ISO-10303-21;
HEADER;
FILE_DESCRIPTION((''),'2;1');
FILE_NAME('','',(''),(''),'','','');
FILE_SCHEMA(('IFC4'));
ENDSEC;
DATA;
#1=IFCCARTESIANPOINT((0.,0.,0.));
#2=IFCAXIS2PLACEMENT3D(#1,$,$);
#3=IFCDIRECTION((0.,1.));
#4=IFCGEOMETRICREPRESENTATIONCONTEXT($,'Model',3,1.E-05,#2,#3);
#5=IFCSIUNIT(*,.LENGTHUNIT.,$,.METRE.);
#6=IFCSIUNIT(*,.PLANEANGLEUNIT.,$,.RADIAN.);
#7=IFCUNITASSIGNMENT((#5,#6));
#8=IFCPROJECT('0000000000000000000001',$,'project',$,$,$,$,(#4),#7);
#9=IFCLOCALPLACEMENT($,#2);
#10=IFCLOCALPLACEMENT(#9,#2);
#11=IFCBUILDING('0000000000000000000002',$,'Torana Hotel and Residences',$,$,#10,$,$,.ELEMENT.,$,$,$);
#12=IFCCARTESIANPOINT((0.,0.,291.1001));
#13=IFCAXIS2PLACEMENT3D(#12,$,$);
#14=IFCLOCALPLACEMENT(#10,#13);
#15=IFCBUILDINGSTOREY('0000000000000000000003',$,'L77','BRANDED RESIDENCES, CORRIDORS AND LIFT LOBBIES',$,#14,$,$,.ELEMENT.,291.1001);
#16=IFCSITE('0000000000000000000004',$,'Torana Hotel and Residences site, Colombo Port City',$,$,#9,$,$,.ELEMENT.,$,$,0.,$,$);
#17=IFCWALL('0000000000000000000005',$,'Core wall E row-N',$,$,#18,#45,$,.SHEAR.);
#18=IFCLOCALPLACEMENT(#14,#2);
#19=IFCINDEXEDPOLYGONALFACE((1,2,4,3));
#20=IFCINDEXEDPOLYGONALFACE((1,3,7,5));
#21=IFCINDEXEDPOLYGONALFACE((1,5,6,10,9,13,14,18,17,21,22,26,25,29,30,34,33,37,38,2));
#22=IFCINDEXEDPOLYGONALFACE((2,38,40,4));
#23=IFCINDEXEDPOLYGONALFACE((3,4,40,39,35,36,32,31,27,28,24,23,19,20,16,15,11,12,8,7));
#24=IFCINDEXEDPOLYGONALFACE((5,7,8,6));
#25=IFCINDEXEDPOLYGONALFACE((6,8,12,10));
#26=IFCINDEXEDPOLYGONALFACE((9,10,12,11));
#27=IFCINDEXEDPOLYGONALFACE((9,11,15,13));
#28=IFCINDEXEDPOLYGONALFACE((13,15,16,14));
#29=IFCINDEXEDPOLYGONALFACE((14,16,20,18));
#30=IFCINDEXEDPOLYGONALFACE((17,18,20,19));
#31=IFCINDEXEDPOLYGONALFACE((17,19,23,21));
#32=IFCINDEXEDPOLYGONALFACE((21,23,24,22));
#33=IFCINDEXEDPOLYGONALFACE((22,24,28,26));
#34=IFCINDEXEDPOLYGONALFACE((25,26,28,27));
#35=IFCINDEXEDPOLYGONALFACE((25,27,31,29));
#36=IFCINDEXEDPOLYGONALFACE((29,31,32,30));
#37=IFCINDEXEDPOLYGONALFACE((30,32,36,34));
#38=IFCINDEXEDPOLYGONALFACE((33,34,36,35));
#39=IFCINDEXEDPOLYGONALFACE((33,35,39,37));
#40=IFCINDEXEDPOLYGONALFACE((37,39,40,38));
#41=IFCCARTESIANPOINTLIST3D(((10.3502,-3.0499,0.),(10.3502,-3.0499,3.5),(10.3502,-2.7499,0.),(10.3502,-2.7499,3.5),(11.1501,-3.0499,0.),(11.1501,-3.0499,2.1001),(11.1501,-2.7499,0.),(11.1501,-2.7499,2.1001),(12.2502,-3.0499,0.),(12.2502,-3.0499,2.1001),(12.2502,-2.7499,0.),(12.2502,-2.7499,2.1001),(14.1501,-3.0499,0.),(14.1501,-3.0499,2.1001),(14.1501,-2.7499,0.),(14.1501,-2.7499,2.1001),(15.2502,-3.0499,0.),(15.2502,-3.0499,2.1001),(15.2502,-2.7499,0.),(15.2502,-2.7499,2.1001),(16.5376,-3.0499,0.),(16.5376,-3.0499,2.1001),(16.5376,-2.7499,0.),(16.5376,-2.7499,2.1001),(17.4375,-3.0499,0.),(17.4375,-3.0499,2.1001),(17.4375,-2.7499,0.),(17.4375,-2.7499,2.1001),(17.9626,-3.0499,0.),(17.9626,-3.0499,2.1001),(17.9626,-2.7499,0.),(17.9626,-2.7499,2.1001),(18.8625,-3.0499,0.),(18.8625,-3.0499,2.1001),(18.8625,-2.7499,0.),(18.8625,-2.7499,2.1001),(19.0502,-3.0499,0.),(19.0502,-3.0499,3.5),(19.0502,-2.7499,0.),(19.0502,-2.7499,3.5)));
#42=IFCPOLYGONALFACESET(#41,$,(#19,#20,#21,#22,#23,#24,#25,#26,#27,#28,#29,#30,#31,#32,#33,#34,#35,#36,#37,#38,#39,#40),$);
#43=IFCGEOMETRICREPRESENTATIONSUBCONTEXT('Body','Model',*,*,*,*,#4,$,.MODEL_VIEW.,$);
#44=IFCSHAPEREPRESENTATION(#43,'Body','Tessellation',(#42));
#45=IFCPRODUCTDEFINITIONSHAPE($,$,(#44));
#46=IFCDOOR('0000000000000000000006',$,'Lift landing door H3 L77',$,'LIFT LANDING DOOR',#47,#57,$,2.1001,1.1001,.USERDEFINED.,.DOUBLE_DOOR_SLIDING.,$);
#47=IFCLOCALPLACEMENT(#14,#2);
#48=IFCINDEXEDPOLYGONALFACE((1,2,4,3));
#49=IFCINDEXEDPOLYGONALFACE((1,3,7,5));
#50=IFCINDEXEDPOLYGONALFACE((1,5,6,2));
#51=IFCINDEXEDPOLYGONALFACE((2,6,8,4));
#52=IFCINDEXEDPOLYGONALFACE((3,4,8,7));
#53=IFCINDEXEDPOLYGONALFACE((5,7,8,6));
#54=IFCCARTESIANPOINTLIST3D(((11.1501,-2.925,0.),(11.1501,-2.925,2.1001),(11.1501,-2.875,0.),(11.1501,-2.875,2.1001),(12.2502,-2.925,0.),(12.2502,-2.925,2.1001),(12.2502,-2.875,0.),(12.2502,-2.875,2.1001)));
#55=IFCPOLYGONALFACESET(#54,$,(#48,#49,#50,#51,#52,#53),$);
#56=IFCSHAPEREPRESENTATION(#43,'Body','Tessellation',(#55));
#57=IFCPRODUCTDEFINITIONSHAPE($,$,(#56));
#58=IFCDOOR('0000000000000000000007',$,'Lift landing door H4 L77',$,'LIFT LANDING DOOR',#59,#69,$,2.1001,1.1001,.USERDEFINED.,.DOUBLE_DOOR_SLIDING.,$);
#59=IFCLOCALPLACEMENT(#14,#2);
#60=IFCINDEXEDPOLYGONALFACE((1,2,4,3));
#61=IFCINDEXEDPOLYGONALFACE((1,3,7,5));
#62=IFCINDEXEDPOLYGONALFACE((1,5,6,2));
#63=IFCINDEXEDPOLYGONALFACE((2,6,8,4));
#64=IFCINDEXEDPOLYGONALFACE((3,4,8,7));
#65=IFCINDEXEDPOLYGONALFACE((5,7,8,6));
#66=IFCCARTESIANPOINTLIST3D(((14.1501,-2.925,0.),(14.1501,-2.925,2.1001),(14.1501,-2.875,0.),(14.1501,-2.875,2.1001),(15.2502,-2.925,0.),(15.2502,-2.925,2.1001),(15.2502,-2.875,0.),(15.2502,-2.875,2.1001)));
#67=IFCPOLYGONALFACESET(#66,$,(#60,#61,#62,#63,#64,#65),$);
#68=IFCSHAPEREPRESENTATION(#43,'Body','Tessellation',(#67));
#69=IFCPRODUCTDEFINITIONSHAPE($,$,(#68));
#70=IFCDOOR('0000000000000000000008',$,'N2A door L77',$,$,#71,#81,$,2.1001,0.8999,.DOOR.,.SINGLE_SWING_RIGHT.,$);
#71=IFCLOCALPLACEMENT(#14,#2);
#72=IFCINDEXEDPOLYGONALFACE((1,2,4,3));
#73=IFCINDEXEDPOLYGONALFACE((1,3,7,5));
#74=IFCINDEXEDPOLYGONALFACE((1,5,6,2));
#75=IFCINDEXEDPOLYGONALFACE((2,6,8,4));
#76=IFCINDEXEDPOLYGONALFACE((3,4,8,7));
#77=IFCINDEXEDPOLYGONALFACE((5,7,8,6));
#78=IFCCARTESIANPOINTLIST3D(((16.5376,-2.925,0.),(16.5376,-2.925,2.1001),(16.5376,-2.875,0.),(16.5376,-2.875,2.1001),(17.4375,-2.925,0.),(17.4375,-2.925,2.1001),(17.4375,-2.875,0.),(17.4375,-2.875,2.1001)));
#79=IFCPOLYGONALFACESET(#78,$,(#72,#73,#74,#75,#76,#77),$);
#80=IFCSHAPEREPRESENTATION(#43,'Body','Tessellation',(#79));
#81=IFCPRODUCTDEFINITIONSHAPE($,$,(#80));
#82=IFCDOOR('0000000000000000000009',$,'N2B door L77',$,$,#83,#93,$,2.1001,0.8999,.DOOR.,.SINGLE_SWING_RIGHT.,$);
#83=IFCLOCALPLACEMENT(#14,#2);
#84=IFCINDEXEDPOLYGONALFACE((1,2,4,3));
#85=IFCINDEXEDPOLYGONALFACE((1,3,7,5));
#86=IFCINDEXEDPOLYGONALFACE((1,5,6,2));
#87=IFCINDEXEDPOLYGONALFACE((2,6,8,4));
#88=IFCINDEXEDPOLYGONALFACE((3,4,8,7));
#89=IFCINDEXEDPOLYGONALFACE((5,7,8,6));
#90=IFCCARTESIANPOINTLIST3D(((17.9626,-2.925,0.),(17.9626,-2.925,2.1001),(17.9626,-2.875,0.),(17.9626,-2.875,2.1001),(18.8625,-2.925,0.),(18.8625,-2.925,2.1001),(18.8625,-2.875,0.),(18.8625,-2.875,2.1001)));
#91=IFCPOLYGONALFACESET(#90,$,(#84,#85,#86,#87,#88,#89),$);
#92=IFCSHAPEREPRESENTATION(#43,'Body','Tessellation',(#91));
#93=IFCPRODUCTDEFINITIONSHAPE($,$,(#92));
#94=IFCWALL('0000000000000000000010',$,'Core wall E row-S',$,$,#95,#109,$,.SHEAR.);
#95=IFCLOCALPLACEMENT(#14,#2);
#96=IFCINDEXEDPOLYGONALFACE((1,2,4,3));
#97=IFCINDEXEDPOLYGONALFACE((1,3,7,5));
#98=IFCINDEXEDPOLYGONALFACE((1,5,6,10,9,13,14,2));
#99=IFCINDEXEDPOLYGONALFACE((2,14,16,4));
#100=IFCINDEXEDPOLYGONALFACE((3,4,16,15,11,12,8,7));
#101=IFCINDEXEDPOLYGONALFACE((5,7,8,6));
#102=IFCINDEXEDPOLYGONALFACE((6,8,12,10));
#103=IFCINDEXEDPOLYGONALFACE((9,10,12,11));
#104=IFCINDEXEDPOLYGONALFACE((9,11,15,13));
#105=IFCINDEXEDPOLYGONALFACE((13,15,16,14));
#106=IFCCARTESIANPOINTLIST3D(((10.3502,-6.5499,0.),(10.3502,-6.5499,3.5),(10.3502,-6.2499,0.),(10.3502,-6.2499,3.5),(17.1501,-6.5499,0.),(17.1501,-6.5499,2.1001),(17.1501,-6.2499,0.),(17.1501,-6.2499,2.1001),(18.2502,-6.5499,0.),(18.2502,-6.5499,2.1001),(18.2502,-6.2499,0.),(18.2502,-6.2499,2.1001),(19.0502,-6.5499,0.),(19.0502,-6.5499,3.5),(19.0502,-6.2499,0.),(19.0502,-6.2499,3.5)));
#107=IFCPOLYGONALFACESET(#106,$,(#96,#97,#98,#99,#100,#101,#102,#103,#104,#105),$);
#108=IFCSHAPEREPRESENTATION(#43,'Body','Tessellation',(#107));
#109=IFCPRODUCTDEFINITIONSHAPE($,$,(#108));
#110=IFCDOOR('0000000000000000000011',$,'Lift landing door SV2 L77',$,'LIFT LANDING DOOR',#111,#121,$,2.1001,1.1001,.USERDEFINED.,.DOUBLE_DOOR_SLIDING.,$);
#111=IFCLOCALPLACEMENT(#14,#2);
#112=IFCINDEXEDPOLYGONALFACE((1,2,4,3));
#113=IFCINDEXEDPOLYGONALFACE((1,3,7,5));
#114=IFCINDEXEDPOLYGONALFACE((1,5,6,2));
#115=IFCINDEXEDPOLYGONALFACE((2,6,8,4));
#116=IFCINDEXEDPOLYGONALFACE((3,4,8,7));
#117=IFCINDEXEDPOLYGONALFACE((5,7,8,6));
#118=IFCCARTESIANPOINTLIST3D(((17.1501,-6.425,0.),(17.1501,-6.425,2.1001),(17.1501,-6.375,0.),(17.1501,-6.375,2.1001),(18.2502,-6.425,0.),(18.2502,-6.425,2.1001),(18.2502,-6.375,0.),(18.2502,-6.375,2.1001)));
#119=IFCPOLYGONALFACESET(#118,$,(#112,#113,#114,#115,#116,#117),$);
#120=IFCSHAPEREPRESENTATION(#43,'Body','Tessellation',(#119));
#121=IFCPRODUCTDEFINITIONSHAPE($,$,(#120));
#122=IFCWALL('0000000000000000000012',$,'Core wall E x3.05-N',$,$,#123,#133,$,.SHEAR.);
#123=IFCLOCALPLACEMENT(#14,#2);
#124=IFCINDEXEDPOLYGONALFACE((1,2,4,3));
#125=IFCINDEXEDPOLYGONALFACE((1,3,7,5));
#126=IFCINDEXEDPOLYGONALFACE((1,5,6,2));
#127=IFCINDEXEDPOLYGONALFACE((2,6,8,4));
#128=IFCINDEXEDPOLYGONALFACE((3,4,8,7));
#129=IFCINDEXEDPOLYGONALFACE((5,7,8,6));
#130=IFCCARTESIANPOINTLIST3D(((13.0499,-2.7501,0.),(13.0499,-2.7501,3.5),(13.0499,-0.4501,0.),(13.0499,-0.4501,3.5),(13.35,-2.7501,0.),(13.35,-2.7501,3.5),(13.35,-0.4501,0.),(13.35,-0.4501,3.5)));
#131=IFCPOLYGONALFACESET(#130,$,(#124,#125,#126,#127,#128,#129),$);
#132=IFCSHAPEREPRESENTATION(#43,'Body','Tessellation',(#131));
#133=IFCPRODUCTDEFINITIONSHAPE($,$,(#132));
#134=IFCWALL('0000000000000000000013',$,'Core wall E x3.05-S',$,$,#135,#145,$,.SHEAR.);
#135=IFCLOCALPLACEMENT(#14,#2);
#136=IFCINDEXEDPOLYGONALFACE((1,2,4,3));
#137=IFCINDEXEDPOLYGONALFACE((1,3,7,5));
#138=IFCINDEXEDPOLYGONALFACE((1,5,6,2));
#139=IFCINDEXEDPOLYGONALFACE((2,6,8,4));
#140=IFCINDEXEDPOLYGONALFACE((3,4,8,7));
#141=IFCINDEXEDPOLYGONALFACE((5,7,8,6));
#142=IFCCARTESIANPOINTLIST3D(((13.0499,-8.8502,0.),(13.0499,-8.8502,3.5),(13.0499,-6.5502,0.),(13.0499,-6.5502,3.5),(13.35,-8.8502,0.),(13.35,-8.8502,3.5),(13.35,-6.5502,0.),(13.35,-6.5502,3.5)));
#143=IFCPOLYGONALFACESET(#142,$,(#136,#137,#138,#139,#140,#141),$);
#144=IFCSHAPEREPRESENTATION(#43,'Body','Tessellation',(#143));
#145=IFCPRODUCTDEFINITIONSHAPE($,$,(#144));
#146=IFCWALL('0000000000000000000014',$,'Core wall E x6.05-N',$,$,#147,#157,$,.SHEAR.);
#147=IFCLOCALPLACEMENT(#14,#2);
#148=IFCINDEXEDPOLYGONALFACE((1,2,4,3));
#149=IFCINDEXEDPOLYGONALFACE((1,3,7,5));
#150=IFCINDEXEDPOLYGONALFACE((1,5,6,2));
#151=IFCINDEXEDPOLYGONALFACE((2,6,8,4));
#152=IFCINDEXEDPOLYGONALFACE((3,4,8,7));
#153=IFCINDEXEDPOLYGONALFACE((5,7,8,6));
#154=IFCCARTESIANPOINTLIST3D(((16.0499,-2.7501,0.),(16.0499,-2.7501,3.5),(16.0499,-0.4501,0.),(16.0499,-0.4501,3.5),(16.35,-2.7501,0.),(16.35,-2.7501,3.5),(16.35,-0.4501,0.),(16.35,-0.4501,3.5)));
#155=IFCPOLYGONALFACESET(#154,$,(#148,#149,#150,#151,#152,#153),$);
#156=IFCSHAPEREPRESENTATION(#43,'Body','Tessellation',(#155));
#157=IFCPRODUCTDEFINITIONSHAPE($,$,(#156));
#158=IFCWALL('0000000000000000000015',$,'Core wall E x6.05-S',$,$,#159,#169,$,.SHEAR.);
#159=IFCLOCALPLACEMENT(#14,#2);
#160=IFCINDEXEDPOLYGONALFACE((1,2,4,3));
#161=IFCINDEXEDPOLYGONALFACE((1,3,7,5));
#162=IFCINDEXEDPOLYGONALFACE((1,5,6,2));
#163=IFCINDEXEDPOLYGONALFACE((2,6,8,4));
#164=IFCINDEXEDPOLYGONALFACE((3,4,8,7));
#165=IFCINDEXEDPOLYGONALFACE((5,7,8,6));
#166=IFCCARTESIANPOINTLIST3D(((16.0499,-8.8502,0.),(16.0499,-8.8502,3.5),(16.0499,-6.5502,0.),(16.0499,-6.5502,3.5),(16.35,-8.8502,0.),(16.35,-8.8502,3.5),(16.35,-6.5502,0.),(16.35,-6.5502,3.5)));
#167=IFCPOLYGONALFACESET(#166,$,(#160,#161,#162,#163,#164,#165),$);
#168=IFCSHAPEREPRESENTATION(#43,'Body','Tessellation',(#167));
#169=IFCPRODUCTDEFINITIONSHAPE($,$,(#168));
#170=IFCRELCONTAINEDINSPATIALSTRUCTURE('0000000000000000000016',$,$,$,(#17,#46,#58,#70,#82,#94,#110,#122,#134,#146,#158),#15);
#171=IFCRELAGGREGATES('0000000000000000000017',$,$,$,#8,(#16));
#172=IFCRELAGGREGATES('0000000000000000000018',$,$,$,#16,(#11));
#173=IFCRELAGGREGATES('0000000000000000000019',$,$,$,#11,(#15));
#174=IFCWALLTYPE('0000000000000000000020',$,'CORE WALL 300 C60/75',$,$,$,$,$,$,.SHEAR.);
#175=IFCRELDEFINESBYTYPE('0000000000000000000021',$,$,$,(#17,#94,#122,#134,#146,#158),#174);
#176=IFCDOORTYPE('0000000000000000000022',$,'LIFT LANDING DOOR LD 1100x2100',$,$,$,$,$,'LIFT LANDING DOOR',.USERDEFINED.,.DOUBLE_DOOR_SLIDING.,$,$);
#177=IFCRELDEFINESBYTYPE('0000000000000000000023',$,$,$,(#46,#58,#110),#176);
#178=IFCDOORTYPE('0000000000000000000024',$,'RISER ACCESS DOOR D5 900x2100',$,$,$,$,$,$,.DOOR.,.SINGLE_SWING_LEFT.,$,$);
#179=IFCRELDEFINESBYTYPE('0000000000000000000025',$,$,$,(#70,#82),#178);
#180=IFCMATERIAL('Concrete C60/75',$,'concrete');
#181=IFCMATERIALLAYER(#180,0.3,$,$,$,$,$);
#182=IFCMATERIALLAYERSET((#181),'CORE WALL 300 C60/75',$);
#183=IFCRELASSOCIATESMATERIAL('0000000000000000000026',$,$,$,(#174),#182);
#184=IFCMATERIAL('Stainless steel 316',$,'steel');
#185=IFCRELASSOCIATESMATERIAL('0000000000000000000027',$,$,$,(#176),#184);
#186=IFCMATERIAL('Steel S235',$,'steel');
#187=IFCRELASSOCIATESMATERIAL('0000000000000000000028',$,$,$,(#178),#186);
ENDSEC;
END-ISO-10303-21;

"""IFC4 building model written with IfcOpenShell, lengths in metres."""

from ifc_helpers import new_model, si_unit, direction, frame, frame_2d, origin, place, context, subcontext, project, spatial, rectangle, extrude, material, layer, layer_set, type_object, element, fill, save


model = new_model("IFC4")

# Units and contexts
model_context = context("Model", 3, precision=1e-05, world=origin(), true_north=direction((0.0, 1.0)))
body_context = subcontext(model_context, "Body", "Model", "MODEL_VIEW")
ifc_project = project(units=[si_unit("LENGTHUNIT", "METRE"), si_unit("PLANEANGLEUNIT", "RADIAN")], contexts=[model_context])

# Site, building, storey
site_placement = place(None, origin())
site = spatial("IfcSite", under=ifc_project, at=site_placement, Name="Torana Hotel and Residences site, Colombo Port City", CompositionType="ELEMENT", RefElevation=0.0)
building_placement = place(site_placement, origin())
building = spatial("IfcBuilding", under=site, at=building_placement, Name="Torana Hotel and Residences", CompositionType="ELEMENT")
storey_placement = place(building_placement, frame((0.0, 0.0, 291.1001)))
storey = spatial("IfcBuildingStorey", under=building, at=storey_placement, Name="L77", Description="BRANDED RESIDENCES, CORRIDORS AND LIFT LOBBIES", CompositionType="ELEMENT", Elevation=291.1001)

# Wall, openings, doors
ifc_material_1 = material(Name="Concrete C60/75", Category="concrete")
ifc_layer_1 = layer(ifc_material_1, 0.3)
ifc_layer_set_1 = layer_set([ifc_layer_1], Name="CORE WALL 300 C60/75")
wall_type_1 = type_object("IfcWallType", Name="CORE WALL 300 C60/75", PredefinedType="SHEAR", material=ifc_layer_set_1)
wall_1_placement = place(storey_placement, frame((10.3501, -2.8999, 0.0), z_axis=(0.0, 0.0, 1.0), x_axis=(1.0, 0.0, 0.0)))
wall_1 = element("IfcWall", 1, at=wall_1_placement, inside=storey, type_object=wall_type_1, Name="Core wall E row-N", PredefinedType="SHEAR", context=body_context, shape_type="SweptSolid", body=[
    extrude(rectangle(XDim=8.7, YDim=0.3, at=frame_2d((4.3501, 0.0))), origin(), (0.0, 0.0, 1.0), 3.5),
])
opening_1_placement = place(wall_1_placement, frame((0.8, 0.0, 0.0)))
opening_1 = element("IfcOpeningElement", 2, at=opening_1_placement, cuts=wall_1, PredefinedType="OPENING", context=body_context, shape_type="SweptSolid", body=[
    extrude(rectangle(XDim=1.1001, YDim=2.1001, at=frame_2d((0.55, 1.05))), frame((0.0, 0.1599, 0.0), z_axis=(0.0, -1.0, 0.0), x_axis=(1.0, 0.0, 0.0)), (0.0, 0.0, 1.0), 0.3201),
])
opening_2_placement = place(wall_1_placement, frame((3.8, 0.0, 0.0)))
opening_2 = element("IfcOpeningElement", 3, at=opening_2_placement, cuts=wall_1, PredefinedType="OPENING", context=body_context, shape_type="SweptSolid", body=[
    extrude(rectangle(XDim=1.1001, YDim=2.1001, at=frame_2d((0.55, 1.05))), frame((0.0, 0.1599, 0.0), z_axis=(0.0, -1.0, 0.0), x_axis=(1.0, 0.0, 0.0)), (0.0, 0.0, 1.0), 0.3201),
])
opening_3_placement = place(wall_1_placement, frame((6.1875, 0.0, 0.0)))
opening_3 = element("IfcOpeningElement", 4, at=opening_3_placement, cuts=wall_1, PredefinedType="OPENING", context=body_context, shape_type="SweptSolid", body=[
    extrude(rectangle(XDim=0.8999, YDim=2.1001, at=frame_2d((0.45, 1.05))), frame((0.0, 0.1599, 0.0), z_axis=(0.0, -1.0, 0.0), x_axis=(1.0, 0.0, 0.0)), (0.0, 0.0, 1.0), 0.3201),
])
opening_4_placement = place(wall_1_placement, frame((7.6125, 0.0, 0.0)))
opening_4 = element("IfcOpeningElement", 5, at=opening_4_placement, cuts=wall_1, PredefinedType="OPENING", context=body_context, shape_type="SweptSolid", body=[
    extrude(rectangle(XDim=0.8999, YDim=2.1001, at=frame_2d((0.45, 1.05))), frame((0.0, 0.1599, 0.0), z_axis=(0.0, -1.0, 0.0), x_axis=(1.0, 0.0, 0.0)), (0.0, 0.0, 1.0), 0.3201),
])
ifc_material_2 = material(Name="Stainless steel 316", Category="steel")
door_type_1 = type_object("IfcDoorType", Name="LIFT LANDING DOOR LD 1100x2100", ElementType="LIFT LANDING DOOR", OperationType="DOUBLE_DOOR_SLIDING", PredefinedType="USERDEFINED", material=ifc_material_2)
door_1_placement = place(opening_1_placement, origin())
door_1 = element("IfcDoor", 6, at=door_1_placement, inside=storey, type_object=door_type_1, Name="Lift landing door H3 L77", ObjectType="LIFT LANDING DOOR", OperationType="DOUBLE_DOOR_SLIDING", OverallHeight=2.1001, OverallWidth=1.1001, PredefinedType="USERDEFINED", context=body_context, shape_type="SweptSolid", body=[
    extrude(rectangle(XDim=1.1001, YDim=2.1001, at=frame_2d((0.55, 1.05))), frame((0.0, 0.0249, 0.0), z_axis=(0.0, -1.0, 0.0), x_axis=(1.0, 0.0, 0.0)), (0.0, 0.0, 1.0), 0.05),
])
fill(opening_1, door_1)
door_2_placement = place(opening_2_placement, origin())
door_2 = element("IfcDoor", 7, at=door_2_placement, inside=storey, type_object=door_type_1, Name="Lift landing door H4 L77", ObjectType="LIFT LANDING DOOR", OperationType="DOUBLE_DOOR_SLIDING", OverallHeight=2.1001, OverallWidth=1.1001, PredefinedType="USERDEFINED", context=body_context, shape_type="SweptSolid", body=[
    extrude(rectangle(XDim=1.1001, YDim=2.1001, at=frame_2d((0.55, 1.05))), frame((0.0, 0.0249, 0.0), z_axis=(0.0, -1.0, 0.0), x_axis=(1.0, 0.0, 0.0)), (0.0, 0.0, 1.0), 0.05),
])
fill(opening_2, door_2)
ifc_material_3 = material(Name="Steel S235", Category="steel")
door_type_2 = type_object("IfcDoorType", Name="RISER ACCESS DOOR D5 900x2100", OperationType="SINGLE_SWING_LEFT", PredefinedType="DOOR", material=ifc_material_3)
door_3_placement = place(opening_3_placement, origin())
door_3 = element("IfcDoor", 8, at=door_3_placement, inside=storey, type_object=door_type_2, Name="N2A door L77", OperationType="SINGLE_SWING_RIGHT", OverallHeight=2.1001, OverallWidth=0.8999, PredefinedType="DOOR", context=body_context, shape_type="SweptSolid", body=[
    extrude(rectangle(XDim=0.8999, YDim=2.1001, at=frame_2d((0.45, 1.05))), frame((0.0, 0.0249, 0.0), z_axis=(0.0, -1.0, 0.0), x_axis=(1.0, 0.0, 0.0)), (0.0, 0.0, 1.0), 0.05),
])
fill(opening_3, door_3)
door_4_placement = place(opening_4_placement, origin())
door_4 = element("IfcDoor", 9, at=door_4_placement, inside=storey, type_object=door_type_2, Name="N2B door L77", OperationType="SINGLE_SWING_RIGHT", OverallHeight=2.1001, OverallWidth=0.8999, PredefinedType="DOOR", context=body_context, shape_type="SweptSolid", body=[
    extrude(rectangle(XDim=0.8999, YDim=2.1001, at=frame_2d((0.45, 1.05))), frame((0.0, 0.0249, 0.0), z_axis=(0.0, -1.0, 0.0), x_axis=(1.0, 0.0, 0.0)), (0.0, 0.0, 1.0), 0.05),
])
fill(opening_4, door_4)

# Wall, opening, door
wall_2_placement = place(storey_placement, frame((10.3501, -6.3999, 0.0), z_axis=(0.0, 0.0, 1.0), x_axis=(1.0, 0.0, 0.0)))
wall_2 = element("IfcWall", 10, at=wall_2_placement, inside=storey, type_object=wall_type_1, Name="Core wall E row-S", PredefinedType="SHEAR", context=body_context, shape_type="SweptSolid", body=[
    extrude(rectangle(XDim=8.7, YDim=0.3, at=frame_2d((4.3501, 0.0))), origin(), (0.0, 0.0, 1.0), 3.5),
])
opening_5_placement = place(wall_2_placement, frame((6.8, 0.0, 0.0)))
opening_5 = element("IfcOpeningElement", 11, at=opening_5_placement, cuts=wall_2, PredefinedType="OPENING", context=body_context, shape_type="SweptSolid", body=[
    extrude(rectangle(XDim=1.1001, YDim=2.1001, at=frame_2d((0.55, 1.05))), frame((0.0, 0.1599, 0.0), z_axis=(0.0, -1.0, 0.0), x_axis=(1.0, 0.0, 0.0)), (0.0, 0.0, 1.0), 0.3201),
])
door_5_placement = place(opening_5_placement, origin())
door_5 = element("IfcDoor", 12, at=door_5_placement, inside=storey, type_object=door_type_1, Name="Lift landing door SV2 L77", ObjectType="LIFT LANDING DOOR", OperationType="DOUBLE_DOOR_SLIDING", OverallHeight=2.1001, OverallWidth=1.1001, PredefinedType="USERDEFINED", context=body_context, shape_type="SweptSolid", body=[
    extrude(rectangle(XDim=1.1001, YDim=2.1001, at=frame_2d((0.55, 1.05))), frame((0.0, 0.0249, 0.0), z_axis=(0.0, -1.0, 0.0), x_axis=(1.0, 0.0, 0.0)), (0.0, 0.0, 1.0), 0.05),
])
fill(opening_5, door_5)

# Walls
for number, where, z_axis, x_axis, name in (
    (13, (13.2, -2.75, 0.0), (0.0, 0.0, 1.0), (0.0, 1.0, 0.0), "Core wall E x3.05-N"),
    (14, (13.2, -8.8501, 0.0), (0.0, 0.0, 1.0), (0.0, 1.0, 0.0), "Core wall E x3.05-S"),
    (15, (16.2, -2.75, 0.0), (0.0, 0.0, 1.0), (0.0, 1.0, 0.0), "Core wall E x6.05-N"),
    (16, (16.2, -8.8501, 0.0), (0.0, 0.0, 1.0), (0.0, 1.0, 0.0), "Core wall E x6.05-S"),
):
    element("IfcWall", number, at=place(storey_placement, frame(where, z_axis=z_axis, x_axis=x_axis)), inside=storey, type_object=wall_type_1, Name=name, PredefinedType="SHEAR", context=body_context, shape_type="SweptSolid", body=[
        extrude(rectangle(XDim=2.3, YDim=0.3, at=frame_2d((1.1499, 0.0))), origin(), (0.0, 0.0, 1.0), 3.5),
    ])

save(model, "model.ifc")
